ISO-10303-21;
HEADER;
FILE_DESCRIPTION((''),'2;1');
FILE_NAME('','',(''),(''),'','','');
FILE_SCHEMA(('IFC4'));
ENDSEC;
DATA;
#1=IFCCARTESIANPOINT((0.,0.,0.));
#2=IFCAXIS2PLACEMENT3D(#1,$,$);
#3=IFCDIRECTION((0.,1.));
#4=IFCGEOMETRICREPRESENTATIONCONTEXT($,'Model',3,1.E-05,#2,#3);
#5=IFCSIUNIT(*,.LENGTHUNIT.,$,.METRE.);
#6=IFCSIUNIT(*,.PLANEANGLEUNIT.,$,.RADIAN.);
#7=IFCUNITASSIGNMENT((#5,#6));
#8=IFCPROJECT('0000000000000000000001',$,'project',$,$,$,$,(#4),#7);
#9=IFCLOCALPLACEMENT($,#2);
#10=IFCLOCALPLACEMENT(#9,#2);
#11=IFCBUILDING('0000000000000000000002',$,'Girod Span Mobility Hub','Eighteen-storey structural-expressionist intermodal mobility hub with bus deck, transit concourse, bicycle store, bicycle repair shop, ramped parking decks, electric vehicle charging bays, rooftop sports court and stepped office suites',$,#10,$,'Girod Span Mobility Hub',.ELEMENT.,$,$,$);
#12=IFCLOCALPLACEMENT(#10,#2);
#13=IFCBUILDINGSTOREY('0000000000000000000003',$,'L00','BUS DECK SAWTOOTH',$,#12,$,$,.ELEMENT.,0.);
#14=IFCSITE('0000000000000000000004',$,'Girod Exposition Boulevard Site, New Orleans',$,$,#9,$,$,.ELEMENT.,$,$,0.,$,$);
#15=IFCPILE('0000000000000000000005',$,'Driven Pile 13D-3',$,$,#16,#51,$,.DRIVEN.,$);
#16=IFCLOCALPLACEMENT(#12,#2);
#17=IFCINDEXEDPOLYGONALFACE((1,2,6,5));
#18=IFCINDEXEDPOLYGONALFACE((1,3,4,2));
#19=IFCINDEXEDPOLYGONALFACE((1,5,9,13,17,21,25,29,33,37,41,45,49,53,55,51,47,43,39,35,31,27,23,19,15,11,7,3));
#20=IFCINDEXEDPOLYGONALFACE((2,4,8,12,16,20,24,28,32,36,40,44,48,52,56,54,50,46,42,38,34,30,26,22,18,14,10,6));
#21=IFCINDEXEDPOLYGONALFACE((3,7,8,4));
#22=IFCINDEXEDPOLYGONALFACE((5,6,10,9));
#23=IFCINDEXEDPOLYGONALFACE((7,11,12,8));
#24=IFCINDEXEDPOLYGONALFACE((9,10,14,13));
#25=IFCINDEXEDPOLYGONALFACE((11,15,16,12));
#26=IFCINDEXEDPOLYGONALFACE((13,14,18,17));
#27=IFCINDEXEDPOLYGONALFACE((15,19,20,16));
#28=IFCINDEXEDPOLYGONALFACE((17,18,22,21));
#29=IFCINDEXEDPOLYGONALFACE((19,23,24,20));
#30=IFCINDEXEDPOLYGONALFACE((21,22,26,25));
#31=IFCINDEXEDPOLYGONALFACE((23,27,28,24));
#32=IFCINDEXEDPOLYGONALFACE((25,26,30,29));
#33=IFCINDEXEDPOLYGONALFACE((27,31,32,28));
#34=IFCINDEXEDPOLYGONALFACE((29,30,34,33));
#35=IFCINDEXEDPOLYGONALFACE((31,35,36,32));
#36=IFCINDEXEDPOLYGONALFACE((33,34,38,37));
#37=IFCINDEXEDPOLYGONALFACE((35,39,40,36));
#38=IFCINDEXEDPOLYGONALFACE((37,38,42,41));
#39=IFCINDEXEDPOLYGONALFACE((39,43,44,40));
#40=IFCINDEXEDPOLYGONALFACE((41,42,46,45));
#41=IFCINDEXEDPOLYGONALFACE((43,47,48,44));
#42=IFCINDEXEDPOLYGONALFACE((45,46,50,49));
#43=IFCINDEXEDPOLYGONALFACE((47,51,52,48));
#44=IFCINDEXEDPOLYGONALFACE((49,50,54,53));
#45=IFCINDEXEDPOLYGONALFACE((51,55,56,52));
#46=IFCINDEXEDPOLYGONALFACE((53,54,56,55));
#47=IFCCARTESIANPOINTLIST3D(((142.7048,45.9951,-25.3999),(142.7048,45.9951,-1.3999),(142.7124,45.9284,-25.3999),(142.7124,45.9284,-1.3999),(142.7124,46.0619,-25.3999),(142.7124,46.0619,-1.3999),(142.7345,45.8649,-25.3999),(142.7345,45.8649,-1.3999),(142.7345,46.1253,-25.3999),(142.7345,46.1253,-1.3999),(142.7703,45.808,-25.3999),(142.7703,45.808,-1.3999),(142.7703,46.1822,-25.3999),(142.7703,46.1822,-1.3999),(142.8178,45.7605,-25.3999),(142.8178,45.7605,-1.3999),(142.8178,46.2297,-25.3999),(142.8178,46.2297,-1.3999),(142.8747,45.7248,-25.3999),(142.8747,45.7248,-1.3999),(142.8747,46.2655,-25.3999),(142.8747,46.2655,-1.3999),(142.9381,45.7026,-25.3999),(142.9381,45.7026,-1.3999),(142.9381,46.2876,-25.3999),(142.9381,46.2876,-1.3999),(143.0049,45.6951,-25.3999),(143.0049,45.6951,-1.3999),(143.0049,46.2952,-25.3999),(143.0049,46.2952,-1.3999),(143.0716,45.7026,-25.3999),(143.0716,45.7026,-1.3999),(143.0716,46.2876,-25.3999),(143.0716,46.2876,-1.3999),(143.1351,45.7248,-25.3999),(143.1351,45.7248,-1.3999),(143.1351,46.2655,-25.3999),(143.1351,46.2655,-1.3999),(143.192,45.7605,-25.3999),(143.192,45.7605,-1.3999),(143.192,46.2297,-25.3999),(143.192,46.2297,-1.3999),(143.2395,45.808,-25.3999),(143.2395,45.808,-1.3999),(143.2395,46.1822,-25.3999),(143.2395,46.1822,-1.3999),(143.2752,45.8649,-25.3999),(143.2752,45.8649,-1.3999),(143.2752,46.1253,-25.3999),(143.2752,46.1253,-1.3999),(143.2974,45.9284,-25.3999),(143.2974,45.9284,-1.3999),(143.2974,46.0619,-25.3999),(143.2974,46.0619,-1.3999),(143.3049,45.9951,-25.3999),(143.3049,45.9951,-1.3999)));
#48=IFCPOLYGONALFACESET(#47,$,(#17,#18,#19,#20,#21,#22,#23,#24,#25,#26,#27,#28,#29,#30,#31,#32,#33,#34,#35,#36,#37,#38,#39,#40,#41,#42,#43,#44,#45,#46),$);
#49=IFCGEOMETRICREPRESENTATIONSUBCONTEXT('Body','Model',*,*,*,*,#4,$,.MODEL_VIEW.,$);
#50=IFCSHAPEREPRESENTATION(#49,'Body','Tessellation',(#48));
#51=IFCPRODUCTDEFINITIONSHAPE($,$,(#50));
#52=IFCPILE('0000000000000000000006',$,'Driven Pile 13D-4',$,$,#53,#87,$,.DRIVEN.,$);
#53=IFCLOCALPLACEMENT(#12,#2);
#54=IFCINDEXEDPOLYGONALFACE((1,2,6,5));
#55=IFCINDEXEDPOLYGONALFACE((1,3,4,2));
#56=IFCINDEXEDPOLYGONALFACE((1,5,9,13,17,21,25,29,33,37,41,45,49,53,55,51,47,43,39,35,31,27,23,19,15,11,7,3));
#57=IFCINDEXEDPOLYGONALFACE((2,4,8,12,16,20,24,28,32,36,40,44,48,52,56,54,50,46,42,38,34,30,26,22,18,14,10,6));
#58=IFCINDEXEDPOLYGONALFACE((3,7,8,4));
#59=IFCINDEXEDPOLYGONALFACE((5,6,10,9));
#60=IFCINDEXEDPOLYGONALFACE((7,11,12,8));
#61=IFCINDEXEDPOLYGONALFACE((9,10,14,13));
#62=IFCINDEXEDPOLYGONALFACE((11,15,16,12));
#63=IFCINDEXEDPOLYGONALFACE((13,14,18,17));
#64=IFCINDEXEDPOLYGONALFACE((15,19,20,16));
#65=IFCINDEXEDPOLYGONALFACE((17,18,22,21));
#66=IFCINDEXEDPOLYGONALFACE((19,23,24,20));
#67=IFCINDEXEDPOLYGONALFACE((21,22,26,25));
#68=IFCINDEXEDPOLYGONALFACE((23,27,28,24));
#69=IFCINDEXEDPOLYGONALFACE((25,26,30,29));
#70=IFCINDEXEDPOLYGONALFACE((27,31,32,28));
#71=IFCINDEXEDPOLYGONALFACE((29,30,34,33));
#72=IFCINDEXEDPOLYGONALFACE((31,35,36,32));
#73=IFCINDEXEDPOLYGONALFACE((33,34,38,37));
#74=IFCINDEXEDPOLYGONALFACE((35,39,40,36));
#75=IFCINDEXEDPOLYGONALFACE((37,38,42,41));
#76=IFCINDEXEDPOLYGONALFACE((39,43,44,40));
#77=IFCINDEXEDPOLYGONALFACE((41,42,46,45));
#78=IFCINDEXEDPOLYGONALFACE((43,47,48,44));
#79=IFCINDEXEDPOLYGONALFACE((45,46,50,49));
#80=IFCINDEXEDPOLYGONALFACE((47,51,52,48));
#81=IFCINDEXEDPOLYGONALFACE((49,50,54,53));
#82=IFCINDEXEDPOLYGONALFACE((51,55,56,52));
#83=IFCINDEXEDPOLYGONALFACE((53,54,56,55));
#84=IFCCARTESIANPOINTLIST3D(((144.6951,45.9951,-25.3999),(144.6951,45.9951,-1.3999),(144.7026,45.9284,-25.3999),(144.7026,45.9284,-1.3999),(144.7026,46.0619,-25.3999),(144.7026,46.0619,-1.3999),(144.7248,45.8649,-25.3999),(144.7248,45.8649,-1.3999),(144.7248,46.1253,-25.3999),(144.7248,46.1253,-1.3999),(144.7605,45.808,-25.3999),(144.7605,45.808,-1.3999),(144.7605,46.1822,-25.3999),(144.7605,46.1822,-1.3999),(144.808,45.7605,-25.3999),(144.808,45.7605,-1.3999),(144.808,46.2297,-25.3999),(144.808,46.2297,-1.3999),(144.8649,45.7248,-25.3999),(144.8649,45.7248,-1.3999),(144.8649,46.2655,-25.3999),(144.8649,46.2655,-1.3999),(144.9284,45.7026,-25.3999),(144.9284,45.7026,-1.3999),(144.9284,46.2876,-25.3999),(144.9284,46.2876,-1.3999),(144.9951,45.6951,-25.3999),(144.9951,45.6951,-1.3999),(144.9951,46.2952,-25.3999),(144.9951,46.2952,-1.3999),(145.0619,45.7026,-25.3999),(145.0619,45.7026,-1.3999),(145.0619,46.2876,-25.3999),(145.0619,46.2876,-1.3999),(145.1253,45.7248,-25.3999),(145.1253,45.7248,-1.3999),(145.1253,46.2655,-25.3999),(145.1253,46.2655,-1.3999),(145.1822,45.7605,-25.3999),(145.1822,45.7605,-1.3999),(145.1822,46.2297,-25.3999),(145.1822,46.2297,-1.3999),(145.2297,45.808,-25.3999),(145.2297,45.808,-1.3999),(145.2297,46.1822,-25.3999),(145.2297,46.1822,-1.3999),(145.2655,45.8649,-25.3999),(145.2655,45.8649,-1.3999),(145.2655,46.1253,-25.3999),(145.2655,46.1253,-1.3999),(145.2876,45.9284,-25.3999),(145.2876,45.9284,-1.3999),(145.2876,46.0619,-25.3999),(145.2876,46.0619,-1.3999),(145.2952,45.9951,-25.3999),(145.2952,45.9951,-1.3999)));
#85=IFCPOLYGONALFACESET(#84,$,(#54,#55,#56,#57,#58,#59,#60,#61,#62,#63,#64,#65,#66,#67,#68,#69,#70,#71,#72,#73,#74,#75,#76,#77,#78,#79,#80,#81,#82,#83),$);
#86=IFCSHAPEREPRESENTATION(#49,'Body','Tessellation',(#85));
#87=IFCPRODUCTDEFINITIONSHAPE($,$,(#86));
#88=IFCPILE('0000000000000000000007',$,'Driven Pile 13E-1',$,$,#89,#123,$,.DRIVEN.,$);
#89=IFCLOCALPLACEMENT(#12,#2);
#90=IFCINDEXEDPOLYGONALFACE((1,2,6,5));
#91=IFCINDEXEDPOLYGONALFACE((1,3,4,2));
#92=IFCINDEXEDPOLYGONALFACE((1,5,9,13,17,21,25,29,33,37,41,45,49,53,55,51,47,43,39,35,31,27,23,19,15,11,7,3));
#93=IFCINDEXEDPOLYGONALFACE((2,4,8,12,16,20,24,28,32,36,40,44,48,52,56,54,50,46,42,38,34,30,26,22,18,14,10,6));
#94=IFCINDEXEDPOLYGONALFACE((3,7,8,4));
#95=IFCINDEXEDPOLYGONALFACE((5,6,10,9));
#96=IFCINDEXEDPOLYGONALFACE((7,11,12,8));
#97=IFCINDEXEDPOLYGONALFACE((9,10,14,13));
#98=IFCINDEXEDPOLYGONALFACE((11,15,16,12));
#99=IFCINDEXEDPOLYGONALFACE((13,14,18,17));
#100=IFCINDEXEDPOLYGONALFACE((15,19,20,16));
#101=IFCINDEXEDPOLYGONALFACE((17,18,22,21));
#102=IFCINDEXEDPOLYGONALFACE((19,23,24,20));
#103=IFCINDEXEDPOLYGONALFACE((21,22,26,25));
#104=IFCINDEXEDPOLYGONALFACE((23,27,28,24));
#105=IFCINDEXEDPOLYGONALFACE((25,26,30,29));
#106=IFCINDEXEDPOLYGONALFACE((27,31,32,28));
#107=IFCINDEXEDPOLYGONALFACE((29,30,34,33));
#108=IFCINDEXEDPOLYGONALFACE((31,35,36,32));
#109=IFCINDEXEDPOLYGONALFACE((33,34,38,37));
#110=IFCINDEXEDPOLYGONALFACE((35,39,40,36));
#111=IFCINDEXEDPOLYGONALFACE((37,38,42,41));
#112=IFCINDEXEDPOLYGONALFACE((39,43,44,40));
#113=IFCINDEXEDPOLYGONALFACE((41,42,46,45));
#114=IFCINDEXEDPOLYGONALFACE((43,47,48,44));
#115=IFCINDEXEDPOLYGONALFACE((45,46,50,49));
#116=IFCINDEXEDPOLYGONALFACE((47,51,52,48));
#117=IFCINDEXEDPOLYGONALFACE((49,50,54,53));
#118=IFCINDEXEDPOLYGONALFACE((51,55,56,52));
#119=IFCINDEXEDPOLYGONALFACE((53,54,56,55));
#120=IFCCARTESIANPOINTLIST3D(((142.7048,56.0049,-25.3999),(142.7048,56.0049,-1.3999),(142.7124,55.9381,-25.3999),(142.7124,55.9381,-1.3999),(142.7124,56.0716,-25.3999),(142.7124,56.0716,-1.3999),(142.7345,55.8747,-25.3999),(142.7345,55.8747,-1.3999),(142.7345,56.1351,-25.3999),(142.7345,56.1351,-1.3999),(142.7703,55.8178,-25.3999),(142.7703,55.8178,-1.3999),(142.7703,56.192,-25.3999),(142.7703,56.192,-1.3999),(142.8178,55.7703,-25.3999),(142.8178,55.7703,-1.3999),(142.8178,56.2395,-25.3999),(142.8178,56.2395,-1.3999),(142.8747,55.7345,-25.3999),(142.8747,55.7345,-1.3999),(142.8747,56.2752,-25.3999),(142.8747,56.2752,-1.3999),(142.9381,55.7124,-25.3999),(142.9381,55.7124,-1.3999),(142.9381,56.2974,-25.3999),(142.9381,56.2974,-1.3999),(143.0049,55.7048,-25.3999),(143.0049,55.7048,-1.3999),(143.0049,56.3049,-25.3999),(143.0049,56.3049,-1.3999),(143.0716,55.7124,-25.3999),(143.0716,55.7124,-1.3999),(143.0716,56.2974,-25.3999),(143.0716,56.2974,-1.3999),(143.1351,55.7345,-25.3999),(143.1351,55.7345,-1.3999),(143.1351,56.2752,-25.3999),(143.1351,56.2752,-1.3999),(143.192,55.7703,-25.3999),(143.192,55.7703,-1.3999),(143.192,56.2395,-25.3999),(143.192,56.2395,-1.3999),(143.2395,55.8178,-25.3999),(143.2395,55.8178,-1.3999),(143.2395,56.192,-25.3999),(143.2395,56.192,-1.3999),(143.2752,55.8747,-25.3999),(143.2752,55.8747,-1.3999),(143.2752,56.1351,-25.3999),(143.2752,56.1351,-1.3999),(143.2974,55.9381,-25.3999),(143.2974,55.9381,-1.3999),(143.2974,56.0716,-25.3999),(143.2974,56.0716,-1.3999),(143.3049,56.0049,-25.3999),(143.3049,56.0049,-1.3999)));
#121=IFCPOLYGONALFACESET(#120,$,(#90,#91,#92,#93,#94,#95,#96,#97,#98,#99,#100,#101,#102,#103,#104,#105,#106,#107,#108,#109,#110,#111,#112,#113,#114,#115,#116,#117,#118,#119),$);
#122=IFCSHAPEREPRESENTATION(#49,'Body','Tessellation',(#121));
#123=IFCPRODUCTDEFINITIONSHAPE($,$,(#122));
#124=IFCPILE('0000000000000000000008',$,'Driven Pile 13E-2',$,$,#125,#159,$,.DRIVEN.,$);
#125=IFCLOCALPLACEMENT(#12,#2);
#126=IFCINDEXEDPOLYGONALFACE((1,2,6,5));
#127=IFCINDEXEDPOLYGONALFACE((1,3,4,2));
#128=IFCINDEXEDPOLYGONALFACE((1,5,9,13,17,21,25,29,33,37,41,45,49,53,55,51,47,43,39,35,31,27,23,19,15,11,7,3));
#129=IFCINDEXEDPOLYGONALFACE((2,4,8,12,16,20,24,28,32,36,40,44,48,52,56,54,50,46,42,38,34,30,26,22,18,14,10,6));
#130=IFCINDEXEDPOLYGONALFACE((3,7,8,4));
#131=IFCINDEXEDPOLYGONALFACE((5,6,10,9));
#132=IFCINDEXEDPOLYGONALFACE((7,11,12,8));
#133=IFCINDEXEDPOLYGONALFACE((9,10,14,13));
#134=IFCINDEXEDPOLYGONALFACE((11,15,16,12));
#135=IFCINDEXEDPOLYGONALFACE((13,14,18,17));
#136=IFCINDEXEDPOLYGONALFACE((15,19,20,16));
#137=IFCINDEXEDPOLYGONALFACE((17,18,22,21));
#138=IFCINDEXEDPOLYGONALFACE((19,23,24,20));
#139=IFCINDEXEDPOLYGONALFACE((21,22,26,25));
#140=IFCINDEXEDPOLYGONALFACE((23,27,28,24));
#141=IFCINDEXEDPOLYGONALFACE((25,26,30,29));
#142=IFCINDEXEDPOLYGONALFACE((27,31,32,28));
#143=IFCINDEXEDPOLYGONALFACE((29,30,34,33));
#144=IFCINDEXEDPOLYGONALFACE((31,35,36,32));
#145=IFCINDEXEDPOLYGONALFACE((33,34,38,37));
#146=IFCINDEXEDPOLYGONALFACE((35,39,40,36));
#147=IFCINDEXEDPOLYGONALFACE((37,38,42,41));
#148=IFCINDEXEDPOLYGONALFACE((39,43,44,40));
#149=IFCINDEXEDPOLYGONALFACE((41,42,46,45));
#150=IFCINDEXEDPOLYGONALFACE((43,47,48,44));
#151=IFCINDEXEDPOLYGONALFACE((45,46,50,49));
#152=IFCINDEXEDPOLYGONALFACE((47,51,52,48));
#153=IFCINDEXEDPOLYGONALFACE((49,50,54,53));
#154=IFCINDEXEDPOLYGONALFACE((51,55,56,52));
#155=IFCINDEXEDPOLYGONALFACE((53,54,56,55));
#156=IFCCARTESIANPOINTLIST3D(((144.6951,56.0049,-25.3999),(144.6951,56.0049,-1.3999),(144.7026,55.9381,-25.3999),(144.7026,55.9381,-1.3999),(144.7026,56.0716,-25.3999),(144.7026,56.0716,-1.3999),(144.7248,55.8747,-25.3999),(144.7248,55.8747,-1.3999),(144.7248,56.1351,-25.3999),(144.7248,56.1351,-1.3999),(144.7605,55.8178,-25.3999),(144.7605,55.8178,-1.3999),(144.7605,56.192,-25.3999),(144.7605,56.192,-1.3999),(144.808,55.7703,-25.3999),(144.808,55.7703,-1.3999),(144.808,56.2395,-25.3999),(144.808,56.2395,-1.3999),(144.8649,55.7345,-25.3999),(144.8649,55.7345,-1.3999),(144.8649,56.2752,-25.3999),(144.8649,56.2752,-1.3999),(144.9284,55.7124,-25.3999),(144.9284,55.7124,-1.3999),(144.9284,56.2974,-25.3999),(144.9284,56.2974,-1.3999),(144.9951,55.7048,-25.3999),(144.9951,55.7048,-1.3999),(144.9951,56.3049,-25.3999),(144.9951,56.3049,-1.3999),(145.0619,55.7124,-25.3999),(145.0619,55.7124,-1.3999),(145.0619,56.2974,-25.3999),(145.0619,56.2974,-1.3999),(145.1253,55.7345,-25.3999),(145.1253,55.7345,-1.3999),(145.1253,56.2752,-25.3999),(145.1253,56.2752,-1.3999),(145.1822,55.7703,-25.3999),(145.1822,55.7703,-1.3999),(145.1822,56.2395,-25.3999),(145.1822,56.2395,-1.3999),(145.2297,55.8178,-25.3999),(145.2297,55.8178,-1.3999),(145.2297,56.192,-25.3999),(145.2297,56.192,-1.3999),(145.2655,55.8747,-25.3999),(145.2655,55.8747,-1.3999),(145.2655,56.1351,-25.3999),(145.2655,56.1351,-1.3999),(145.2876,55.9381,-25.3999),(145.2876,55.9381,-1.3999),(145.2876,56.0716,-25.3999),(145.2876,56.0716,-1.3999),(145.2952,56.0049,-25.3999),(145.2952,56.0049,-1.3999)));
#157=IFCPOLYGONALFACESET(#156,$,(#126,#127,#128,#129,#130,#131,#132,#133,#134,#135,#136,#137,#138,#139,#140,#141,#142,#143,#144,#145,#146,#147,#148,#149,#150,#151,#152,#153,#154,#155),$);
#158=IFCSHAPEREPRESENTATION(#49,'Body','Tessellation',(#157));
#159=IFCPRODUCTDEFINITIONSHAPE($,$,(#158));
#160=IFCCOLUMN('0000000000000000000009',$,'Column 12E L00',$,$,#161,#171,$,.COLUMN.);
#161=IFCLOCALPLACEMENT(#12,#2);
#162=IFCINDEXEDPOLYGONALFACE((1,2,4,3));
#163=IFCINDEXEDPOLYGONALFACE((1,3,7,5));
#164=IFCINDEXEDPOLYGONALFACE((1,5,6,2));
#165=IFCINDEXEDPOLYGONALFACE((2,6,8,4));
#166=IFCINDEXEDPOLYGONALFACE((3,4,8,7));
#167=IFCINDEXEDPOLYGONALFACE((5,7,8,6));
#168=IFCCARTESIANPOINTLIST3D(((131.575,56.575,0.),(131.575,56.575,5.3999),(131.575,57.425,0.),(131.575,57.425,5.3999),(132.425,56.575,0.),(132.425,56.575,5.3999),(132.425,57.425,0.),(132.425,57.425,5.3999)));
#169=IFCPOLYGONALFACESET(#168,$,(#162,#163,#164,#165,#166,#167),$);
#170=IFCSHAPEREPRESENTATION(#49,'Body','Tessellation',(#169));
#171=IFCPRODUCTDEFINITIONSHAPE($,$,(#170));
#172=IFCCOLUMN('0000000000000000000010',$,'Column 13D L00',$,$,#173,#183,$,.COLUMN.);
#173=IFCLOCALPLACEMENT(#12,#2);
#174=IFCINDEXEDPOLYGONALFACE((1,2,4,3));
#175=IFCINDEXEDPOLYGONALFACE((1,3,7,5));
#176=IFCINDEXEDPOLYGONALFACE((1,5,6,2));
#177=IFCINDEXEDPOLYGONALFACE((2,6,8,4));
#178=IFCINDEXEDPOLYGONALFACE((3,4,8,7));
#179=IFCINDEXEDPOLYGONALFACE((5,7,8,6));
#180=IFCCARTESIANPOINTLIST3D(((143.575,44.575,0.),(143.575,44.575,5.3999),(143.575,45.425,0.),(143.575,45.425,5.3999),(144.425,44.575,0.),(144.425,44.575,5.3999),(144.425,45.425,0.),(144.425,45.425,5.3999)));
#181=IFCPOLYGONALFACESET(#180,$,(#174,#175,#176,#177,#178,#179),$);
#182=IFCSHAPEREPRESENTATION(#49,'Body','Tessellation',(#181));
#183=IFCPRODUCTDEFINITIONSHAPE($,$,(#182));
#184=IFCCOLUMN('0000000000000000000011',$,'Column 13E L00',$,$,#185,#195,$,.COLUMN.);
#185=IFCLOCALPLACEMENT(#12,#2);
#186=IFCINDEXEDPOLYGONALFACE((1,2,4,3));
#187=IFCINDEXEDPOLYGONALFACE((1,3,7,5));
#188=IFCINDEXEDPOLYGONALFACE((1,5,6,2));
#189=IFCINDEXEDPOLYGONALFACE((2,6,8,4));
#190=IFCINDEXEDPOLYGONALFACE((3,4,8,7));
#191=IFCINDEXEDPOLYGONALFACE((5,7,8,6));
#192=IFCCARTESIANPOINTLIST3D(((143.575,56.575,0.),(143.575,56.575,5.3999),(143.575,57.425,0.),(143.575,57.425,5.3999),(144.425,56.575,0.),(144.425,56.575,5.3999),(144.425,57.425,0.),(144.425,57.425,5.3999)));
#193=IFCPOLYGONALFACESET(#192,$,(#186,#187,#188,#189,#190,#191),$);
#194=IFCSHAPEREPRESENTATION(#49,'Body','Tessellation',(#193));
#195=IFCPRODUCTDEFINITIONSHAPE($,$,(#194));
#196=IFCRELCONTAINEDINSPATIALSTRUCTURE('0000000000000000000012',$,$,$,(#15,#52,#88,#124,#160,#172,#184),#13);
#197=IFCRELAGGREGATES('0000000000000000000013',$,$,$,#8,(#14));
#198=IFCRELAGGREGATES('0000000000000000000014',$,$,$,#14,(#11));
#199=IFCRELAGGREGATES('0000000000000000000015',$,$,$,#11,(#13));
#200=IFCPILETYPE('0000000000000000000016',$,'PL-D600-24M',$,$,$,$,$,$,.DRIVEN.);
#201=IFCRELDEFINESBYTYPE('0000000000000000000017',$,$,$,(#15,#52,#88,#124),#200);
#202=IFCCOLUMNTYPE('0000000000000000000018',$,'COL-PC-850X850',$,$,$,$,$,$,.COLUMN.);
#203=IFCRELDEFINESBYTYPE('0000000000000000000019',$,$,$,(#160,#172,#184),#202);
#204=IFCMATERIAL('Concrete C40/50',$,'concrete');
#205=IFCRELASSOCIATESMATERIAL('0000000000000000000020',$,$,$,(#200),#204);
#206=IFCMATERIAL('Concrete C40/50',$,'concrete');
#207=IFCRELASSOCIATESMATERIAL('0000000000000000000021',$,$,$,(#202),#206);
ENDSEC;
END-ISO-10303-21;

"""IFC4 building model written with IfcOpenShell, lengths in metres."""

from ifc_helpers import new_model, si_unit, direction, frame, origin, origin_2d, place, context, subcontext, project, spatial, rectangle, circle, extrude, material, material_profile, profile_set, type_object, element, save


model = new_model("IFC4")

# Units and contexts
model_context = context("Model", 3, precision=1e-05, world=origin(), true_north=direction((0.0, 1.0)))
body_context = subcontext(model_context, "Body", "Model", "MODEL_VIEW")
ifc_project = project(units=[si_unit("LENGTHUNIT", "METRE"), si_unit("PLANEANGLEUNIT", "RADIAN")], contexts=[model_context])

# Site, building, storey
site_placement = place(None, origin())
site = spatial("IfcSite", under=ifc_project, at=site_placement, Name="Girod Exposition Boulevard Site, New Orleans", CompositionType="ELEMENT", RefElevation=0.0)
building_placement = place(site_placement, origin())
building = spatial("IfcBuilding", under=site, at=building_placement, Name="Girod Span Mobility Hub", Description="Eighteen-storey structural-expressionist intermodal mobility hub with bus deck, transit concourse, bicycle store, bicycle repair shop, ramped parking decks, electric vehicle charging bays, rooftop sports court and stepped office suites", LongName="Girod Span Mobility Hub", CompositionType="ELEMENT")
storey_placement = place(building_placement, origin())
storey = spatial("IfcBuildingStorey", under=building, at=storey_placement, Name="L00", Description="BUS DECK SAWTOOTH", CompositionType="ELEMENT", Elevation=0.0)

# Piles
ifc_material_1 = material(Name="Concrete C40/50", Category="concrete")
ifc_material_profile_1 = material_profile(ifc_material_1, circle(Radius=0.3, at=origin_2d()), Name="PILE-D600")
ifc_profile_set_1 = profile_set([ifc_material_profile_1], Name="Concrete C40/50")
pile_type = type_object("IfcPileType", Name="PL-D600-24M", PredefinedType="DRIVEN", material=ifc_profile_set_1)
for number, where, z_axis, x_axis, name in (
    (1, (143.0049, 45.9951, -1.3999), (0.0, 0.0, -1.0), (1.0, 0.0, 0.0), "Driven Pile 13D-3"),
    (2, (144.9951, 45.9951, -1.3999), (0.0, 0.0, -1.0), (1.0, 0.0, 0.0), "Driven Pile 13D-4"),
    (3, (143.0049, 56.0049, -1.3999), (0.0, 0.0, -1.0), (1.0, 0.0, 0.0), "Driven Pile 13E-1"),
    (4, (144.9951, 56.0049, -1.3999), (0.0, 0.0, -1.0), (1.0, 0.0, 0.0), "Driven Pile 13E-2"),
):
    element("IfcPile", number, at=place(storey_placement, frame(where, z_axis=z_axis, x_axis=x_axis)), inside=storey, type_object=pile_type, Name=name, PredefinedType="DRIVEN", context=body_context, shape_type="SweptSolid", body=[
        extrude(circle(Radius=0.3, at=origin_2d()), origin(), (0.0, 0.0, 1.0), 24.0),
    ])

# Columns
ifc_material_2 = material(Name="Concrete C40/50", Category="concrete")
ifc_material_profile_2 = material_profile(ifc_material_2, rectangle(XDim=0.8501, YDim=0.8501, at=origin_2d()), Name="PC-COL-850X850")
ifc_profile_set_2 = profile_set([ifc_material_profile_2], Name="Concrete C40/50")
column_type = type_object("IfcColumnType", Name="COL-PC-850X850", PredefinedType="COLUMN", material=ifc_profile_set_2)
for number, where, z_axis, x_axis, name in (
    (5, (132.0, 57.0, 0.0), (0.0, 0.0, 1.0), (1.0, 0.0, 0.0), "Column 12E L00"),
    (6, (144.0, 45.0, 0.0), (0.0, 0.0, 1.0), (1.0, 0.0, 0.0), "Column 13D L00"),
    (7, (144.0, 57.0, 0.0), (0.0, 0.0, 1.0), (1.0, 0.0, 0.0), "Column 13E L00"),
):
    element("IfcColumn", number, at=place(storey_placement, frame(where, z_axis=z_axis, x_axis=x_axis)), inside=storey, type_object=column_type, Name=name, PredefinedType="COLUMN", context=body_context, shape_type="SweptSolid", body=[
        extrude(rectangle(XDim=0.8501, YDim=0.8501, at=origin_2d()), origin(), (0.0, 0.0, 1.0), 5.3999),
    ])

save(model, "model.ifc")
